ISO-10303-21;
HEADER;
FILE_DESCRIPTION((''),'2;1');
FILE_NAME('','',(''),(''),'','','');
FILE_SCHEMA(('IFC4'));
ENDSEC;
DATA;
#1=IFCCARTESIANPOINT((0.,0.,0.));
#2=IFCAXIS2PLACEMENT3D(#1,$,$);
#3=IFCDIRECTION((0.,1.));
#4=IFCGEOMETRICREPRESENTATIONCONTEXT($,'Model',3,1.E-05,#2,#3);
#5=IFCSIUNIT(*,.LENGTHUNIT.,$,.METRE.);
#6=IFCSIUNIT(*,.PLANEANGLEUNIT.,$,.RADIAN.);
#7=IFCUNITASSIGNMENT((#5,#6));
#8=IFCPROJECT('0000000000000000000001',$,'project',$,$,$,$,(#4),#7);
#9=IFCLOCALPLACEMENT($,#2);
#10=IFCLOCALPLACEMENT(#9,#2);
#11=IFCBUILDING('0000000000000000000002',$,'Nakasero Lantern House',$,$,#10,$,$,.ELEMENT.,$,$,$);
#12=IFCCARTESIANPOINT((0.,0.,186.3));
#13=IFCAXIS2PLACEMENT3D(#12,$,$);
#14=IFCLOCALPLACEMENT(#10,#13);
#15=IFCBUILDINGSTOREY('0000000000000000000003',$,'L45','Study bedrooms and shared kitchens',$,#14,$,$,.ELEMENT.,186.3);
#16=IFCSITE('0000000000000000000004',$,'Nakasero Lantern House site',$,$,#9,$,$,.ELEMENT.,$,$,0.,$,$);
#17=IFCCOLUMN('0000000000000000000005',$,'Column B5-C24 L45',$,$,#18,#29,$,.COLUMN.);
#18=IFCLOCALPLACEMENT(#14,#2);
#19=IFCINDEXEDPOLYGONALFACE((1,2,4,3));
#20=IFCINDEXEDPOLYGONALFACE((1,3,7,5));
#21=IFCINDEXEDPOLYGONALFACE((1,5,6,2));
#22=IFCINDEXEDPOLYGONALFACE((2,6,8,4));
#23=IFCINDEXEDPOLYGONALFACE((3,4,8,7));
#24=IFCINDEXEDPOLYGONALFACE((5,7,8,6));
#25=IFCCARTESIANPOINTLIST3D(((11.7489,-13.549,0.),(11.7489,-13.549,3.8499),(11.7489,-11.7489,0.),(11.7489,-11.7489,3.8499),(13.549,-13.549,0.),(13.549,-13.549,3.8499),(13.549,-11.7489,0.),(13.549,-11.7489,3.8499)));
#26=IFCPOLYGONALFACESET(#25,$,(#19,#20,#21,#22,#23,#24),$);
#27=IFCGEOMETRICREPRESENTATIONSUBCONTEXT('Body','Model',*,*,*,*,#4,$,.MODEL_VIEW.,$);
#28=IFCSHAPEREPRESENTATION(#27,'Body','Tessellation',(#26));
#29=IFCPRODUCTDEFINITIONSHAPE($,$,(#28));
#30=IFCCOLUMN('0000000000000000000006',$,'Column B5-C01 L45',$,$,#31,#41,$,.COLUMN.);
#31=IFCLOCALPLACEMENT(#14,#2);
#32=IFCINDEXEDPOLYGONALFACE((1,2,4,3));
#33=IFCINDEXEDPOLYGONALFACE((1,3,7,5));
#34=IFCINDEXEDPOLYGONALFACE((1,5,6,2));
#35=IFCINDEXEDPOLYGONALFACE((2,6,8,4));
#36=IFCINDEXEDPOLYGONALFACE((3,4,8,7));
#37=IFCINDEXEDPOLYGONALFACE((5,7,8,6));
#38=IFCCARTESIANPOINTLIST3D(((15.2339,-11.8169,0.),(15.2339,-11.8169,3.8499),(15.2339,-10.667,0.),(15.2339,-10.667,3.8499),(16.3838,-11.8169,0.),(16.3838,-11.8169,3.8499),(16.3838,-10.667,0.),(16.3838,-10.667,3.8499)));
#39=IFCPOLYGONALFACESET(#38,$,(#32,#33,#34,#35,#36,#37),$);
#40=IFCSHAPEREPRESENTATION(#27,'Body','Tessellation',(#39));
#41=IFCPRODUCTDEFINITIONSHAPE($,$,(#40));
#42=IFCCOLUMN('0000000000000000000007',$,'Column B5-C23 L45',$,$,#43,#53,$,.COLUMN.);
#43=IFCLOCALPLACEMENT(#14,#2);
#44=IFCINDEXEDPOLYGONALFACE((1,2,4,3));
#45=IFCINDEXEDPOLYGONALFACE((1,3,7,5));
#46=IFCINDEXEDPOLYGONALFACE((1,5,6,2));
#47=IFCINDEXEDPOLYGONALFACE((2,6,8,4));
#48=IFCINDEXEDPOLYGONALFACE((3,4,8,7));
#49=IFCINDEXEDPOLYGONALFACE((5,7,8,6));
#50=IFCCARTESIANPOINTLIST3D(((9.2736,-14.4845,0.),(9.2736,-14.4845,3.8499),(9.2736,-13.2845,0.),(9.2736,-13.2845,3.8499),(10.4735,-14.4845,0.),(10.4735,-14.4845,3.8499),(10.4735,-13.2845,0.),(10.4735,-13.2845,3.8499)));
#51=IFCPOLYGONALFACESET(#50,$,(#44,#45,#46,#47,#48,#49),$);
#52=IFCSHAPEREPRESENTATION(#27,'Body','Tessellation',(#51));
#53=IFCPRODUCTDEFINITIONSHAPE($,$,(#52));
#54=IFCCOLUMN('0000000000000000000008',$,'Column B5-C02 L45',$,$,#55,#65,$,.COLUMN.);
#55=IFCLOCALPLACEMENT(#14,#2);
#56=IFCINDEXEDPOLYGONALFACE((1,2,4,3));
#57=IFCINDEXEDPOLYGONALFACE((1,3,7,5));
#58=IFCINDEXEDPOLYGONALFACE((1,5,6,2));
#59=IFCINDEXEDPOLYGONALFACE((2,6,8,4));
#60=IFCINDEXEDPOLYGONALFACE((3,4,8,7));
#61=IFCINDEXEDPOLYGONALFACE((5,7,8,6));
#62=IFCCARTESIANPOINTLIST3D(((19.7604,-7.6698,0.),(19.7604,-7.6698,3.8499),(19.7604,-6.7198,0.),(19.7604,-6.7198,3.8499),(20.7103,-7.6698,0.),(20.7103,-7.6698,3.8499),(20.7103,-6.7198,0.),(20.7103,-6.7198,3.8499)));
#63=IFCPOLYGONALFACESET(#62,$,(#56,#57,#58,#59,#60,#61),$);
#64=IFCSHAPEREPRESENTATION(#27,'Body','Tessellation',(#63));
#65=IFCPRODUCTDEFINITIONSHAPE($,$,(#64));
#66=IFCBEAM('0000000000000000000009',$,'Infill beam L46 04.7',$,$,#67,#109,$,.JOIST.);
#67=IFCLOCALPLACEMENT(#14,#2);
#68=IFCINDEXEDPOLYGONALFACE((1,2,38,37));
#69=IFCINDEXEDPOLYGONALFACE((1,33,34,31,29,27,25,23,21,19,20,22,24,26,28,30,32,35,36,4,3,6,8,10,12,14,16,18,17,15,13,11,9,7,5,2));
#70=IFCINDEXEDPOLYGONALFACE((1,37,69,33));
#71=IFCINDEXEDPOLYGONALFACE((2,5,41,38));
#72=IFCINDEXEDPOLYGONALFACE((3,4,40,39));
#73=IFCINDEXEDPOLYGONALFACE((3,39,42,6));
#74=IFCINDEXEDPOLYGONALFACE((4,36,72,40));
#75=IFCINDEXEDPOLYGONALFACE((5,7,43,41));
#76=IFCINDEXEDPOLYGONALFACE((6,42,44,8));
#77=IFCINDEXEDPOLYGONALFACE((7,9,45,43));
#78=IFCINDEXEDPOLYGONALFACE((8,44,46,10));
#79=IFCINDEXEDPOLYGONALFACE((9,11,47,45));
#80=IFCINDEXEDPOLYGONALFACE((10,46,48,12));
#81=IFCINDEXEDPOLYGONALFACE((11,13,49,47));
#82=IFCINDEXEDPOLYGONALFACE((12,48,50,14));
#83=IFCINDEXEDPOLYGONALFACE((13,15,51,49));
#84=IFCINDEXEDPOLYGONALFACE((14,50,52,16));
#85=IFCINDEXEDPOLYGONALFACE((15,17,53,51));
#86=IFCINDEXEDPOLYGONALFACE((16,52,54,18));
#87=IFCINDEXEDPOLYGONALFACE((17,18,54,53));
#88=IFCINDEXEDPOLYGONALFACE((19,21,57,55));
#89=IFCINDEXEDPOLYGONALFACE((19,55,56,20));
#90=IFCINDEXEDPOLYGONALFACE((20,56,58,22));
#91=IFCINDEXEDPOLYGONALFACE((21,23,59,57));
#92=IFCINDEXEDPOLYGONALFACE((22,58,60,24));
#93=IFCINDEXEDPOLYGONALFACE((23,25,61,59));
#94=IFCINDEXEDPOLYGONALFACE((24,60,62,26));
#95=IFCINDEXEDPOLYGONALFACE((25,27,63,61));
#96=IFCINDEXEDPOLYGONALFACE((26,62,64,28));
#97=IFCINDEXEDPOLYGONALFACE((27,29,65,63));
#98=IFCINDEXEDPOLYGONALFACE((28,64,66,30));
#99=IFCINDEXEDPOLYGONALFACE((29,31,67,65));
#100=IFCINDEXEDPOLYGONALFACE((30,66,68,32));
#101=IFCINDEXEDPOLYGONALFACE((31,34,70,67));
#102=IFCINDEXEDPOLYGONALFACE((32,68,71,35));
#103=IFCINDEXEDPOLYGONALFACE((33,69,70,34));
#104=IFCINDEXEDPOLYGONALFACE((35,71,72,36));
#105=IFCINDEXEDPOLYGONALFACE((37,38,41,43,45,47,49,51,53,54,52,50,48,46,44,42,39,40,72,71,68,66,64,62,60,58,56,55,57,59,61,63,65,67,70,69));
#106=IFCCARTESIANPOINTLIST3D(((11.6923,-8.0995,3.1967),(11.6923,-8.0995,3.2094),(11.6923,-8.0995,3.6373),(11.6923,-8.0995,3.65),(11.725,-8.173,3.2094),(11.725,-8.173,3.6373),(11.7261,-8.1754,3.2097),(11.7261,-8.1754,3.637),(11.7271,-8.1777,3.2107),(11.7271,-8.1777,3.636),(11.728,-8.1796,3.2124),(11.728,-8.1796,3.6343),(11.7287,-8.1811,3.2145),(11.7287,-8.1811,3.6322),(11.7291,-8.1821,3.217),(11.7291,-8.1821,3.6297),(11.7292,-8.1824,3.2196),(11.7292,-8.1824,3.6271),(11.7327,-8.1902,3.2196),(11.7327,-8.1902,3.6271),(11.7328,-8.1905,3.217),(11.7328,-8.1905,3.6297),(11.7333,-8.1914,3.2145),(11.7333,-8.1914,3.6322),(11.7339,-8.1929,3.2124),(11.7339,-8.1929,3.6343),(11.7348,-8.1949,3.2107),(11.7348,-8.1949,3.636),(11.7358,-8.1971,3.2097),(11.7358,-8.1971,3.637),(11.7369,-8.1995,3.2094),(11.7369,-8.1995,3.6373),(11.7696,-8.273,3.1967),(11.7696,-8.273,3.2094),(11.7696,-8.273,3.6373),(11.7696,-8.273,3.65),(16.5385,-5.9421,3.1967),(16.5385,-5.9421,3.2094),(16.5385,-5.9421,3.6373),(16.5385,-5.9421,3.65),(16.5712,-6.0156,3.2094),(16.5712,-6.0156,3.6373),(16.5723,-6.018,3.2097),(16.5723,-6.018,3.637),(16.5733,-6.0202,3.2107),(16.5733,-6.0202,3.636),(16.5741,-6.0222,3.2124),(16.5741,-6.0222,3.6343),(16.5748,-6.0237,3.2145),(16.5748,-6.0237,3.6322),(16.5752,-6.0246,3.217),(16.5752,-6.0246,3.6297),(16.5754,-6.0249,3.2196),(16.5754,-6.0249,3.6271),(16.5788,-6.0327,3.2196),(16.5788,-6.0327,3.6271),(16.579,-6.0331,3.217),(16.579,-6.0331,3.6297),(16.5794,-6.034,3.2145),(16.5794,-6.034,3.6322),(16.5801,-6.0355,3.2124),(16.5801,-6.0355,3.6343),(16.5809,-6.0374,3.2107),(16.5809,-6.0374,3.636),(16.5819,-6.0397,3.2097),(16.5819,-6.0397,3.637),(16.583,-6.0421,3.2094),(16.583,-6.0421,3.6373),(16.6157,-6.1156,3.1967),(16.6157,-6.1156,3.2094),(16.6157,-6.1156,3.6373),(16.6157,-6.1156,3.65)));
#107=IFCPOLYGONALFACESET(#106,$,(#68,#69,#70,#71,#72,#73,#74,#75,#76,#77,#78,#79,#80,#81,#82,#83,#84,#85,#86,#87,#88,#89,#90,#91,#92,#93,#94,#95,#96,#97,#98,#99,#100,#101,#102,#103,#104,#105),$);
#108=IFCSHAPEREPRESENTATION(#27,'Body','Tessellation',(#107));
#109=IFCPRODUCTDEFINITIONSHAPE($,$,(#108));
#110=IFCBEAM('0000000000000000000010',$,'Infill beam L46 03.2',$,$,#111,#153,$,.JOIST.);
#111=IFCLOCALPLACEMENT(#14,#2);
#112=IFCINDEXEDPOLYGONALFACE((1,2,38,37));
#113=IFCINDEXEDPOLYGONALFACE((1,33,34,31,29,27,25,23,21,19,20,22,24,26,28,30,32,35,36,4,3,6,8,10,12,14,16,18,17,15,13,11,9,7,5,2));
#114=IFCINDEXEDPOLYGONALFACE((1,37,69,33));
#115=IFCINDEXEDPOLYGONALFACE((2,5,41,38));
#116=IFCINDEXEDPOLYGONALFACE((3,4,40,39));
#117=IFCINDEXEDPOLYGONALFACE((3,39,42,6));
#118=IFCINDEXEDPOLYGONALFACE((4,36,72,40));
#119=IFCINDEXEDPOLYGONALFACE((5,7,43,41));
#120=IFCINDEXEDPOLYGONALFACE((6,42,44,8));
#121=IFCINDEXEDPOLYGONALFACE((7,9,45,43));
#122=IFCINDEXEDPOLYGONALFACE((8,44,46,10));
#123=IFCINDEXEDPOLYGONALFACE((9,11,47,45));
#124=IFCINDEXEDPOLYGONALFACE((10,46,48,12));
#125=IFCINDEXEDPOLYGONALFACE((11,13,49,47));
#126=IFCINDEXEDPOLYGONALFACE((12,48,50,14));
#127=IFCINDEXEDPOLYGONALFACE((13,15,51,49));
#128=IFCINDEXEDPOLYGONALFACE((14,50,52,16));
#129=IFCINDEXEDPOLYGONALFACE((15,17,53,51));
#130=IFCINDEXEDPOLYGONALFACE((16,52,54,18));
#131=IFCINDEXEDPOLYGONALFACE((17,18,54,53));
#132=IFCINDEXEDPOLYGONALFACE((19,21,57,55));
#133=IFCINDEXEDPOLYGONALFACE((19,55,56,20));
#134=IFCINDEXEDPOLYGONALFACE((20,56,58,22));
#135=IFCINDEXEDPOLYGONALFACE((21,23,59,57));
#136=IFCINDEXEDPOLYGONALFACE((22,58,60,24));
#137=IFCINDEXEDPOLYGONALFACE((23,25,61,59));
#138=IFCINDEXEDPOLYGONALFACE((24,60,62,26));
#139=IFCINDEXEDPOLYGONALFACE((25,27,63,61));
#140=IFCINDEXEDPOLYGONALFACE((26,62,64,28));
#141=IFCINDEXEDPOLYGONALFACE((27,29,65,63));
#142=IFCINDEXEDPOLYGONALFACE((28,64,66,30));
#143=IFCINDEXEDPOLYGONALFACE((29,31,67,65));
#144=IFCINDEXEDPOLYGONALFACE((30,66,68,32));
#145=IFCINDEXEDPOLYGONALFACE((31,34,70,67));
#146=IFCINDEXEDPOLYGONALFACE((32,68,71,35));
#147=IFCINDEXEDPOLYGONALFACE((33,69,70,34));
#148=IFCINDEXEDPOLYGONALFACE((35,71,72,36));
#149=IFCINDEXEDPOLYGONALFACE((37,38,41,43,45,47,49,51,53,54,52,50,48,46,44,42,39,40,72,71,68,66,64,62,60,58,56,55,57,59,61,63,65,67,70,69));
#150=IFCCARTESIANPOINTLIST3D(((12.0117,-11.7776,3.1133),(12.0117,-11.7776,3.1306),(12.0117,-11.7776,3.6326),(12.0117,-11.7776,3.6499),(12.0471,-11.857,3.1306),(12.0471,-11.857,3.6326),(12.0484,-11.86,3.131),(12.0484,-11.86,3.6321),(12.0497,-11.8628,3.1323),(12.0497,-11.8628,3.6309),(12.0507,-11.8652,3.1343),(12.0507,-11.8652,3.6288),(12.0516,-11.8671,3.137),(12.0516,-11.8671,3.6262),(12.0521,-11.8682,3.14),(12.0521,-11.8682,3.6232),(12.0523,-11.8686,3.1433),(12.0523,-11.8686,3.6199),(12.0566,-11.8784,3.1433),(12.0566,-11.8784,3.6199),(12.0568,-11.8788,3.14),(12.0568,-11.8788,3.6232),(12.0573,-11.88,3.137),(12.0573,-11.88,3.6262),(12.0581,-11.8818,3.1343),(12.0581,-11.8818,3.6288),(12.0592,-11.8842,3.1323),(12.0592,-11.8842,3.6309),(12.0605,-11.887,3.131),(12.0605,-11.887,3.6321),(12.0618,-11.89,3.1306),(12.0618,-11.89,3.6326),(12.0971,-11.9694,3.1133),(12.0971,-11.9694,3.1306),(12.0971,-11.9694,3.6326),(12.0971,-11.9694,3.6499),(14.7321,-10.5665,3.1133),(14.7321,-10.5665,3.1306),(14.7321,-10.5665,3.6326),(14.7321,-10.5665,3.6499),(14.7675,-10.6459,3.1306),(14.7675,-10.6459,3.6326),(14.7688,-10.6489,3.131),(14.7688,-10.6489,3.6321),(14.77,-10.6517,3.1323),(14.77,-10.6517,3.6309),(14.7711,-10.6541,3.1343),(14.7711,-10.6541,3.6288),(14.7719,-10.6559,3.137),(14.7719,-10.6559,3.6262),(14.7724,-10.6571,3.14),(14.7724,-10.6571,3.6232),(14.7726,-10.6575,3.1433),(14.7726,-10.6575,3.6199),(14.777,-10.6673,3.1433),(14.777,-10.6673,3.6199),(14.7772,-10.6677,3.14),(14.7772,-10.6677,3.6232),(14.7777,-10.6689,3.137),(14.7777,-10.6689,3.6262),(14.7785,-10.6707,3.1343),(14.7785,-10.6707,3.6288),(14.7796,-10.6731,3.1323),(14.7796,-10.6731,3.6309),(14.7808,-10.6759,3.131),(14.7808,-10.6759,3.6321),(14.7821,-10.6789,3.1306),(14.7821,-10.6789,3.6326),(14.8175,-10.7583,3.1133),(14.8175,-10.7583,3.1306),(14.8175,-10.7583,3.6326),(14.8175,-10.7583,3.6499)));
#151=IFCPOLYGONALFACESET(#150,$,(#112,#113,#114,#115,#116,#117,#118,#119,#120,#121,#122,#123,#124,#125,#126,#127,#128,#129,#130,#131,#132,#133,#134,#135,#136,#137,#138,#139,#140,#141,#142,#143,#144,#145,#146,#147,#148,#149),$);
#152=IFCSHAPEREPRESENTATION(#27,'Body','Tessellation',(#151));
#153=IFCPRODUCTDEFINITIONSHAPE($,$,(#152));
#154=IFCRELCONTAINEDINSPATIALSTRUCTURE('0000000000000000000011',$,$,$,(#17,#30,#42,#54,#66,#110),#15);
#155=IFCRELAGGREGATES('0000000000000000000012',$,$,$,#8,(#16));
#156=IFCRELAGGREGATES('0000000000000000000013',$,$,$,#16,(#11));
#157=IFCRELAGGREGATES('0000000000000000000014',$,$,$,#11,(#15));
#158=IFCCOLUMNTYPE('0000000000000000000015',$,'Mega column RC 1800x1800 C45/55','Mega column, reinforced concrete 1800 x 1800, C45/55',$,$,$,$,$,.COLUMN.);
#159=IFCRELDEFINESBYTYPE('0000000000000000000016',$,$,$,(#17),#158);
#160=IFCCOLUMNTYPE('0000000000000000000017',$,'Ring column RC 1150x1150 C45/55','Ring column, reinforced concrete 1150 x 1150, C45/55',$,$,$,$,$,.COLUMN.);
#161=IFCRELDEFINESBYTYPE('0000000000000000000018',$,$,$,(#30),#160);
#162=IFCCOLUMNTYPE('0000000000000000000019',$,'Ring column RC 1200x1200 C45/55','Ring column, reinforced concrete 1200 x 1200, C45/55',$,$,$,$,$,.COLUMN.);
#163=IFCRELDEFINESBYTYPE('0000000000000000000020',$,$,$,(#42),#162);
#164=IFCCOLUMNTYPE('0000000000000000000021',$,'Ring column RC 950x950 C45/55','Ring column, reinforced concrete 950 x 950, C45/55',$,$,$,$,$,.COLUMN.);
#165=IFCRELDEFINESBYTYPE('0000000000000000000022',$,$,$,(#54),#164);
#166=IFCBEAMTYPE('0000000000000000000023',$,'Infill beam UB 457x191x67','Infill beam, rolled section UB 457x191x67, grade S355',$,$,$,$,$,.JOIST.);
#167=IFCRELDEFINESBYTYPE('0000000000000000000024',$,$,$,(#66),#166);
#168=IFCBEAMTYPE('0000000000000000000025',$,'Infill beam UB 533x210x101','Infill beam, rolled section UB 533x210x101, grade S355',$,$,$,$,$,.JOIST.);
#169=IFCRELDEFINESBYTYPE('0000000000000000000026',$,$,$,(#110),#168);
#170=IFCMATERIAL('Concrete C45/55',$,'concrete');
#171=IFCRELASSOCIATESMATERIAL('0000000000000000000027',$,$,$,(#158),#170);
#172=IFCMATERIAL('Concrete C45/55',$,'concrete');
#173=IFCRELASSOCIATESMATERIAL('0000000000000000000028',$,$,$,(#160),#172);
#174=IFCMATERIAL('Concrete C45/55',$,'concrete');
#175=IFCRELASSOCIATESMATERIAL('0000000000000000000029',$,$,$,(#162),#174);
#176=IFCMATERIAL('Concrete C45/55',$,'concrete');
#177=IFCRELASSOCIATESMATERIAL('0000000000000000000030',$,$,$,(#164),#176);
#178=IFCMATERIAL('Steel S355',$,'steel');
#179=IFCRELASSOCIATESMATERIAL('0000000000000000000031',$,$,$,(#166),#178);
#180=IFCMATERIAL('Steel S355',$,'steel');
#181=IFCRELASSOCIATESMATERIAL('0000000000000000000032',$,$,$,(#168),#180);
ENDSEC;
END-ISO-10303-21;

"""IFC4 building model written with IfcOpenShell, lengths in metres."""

from ifc_helpers import new_model, si_unit, direction, frame, origin, origin_2d, place, context, subcontext, project, spatial, rectangle, i_section, extrude, material, material_profile, profile_set, type_object, element, save


model = new_model("IFC4")

# Units and contexts
model_context = context("Model", 3, precision=1e-05, world=origin(), true_north=direction((0.0, 1.0)))
body_context = subcontext(model_context, "Body", "Model", "MODEL_VIEW")
ifc_project = project(units=[si_unit("LENGTHUNIT", "METRE"), si_unit("PLANEANGLEUNIT", "RADIAN")], contexts=[model_context])

# Site, building, storey
site_placement = place(None, origin())
site = spatial("IfcSite", under=ifc_project, at=site_placement, Name="Nakasero Lantern House site", CompositionType="ELEMENT", RefElevation=0.0)
building_placement = place(site_placement, origin())
building = spatial("IfcBuilding", under=site, at=building_placement, Name="Nakasero Lantern House", CompositionType="ELEMENT")
storey_placement = place(building_placement, frame((0.0, 0.0, 186.3)))
storey = spatial("IfcBuildingStorey", under=building, at=storey_placement, Name="L45", Description="Study bedrooms and shared kitchens", CompositionType="ELEMENT", Elevation=186.3)

# Columns
ifc_material_1 = material(Name="Concrete C45/55", Category="concrete")
ifc_material_profile_1 = material_profile(ifc_material_1, rectangle(XDim=1.8, YDim=1.8, at=origin_2d()), Name="RC 1800x1800")
ifc_profile_set_1 = profile_set([ifc_material_profile_1], Name="Concrete C45/55")
column_type_1 = type_object("IfcColumnType", Name="Mega column RC 1800x1800 C45/55", Description="Mega column, reinforced concrete 1800 x 1800, C45/55", PredefinedType="COLUMN", material=ifc_profile_set_1)
column_1_placement = place(storey_placement, frame((12.6489, -12.6489, 0.0), z_axis=(0.0, 0.0, 1.0), x_axis=(1.0, 0.0, 0.0)))
element("IfcColumn", 1, at=column_1_placement, inside=storey, type_object=column_type_1, Name="Column B5-C24 L45", PredefinedType="COLUMN", context=body_context, shape_type="SweptSolid", body=[
    extrude(rectangle(XDim=1.8, YDim=1.8, at=origin_2d()), origin(), (0.0, 0.0, 1.0), 3.8499),
])
ifc_material_2 = material(Name="Concrete C45/55", Category="concrete")
ifc_material_profile_2 = material_profile(ifc_material_2, rectangle(XDim=1.1499, YDim=1.1499, at=origin_2d()), Name="RC 1150x1150")
ifc_profile_set_2 = profile_set([ifc_material_profile_2], Name="Concrete C45/55")
column_type_2 = type_object("IfcColumnType", Name="Ring column RC 1150x1150 C45/55", Description="Ring column, reinforced concrete 1150 x 1150, C45/55", PredefinedType="COLUMN", material=ifc_profile_set_2)
column_2_placement = place(storey_placement, frame((15.8088, -11.2419, 0.0), z_axis=(0.0, 0.0, 1.0), x_axis=(1.0, 0.0, 0.0)))
element("IfcColumn", 2, at=column_2_placement, inside=storey, type_object=column_type_2, Name="Column B5-C01 L45", PredefinedType="COLUMN", context=body_context, shape_type="SweptSolid", body=[
    extrude(rectangle(XDim=1.1499, YDim=1.1499, at=origin_2d()), origin(), (0.0, 0.0, 1.0), 3.8499),
])
ifc_material_3 = material(Name="Concrete C45/55", Category="concrete")
ifc_material_profile_3 = material_profile(ifc_material_3, rectangle(XDim=1.2, YDim=1.2, at=origin_2d()), Name="RC 1200x1200")
ifc_profile_set_3 = profile_set([ifc_material_profile_3], Name="Concrete C45/55")
column_type_3 = type_object("IfcColumnType", Name="Ring column RC 1200x1200 C45/55", Description="Ring column, reinforced concrete 1200 x 1200, C45/55", PredefinedType="COLUMN", material=ifc_profile_set_3)
column_3_placement = place(storey_placement, frame((9.8735, -13.8845, 0.0), z_axis=(0.0, 0.0, 1.0), x_axis=(1.0, 0.0, 0.0)))
element("IfcColumn", 3, at=column_3_placement, inside=storey, type_object=column_type_3, Name="Column B5-C23 L45", PredefinedType="COLUMN", context=body_context, shape_type="SweptSolid", body=[
    extrude(rectangle(XDim=1.2, YDim=1.2, at=origin_2d()), origin(), (0.0, 0.0, 1.0), 3.8499),
])
ifc_material_4 = material(Name="Concrete C45/55", Category="concrete")
ifc_material_profile_4 = material_profile(ifc_material_4, rectangle(XDim=0.95, YDim=0.95, at=origin_2d()), Name="RC 950x950")
ifc_profile_set_4 = profile_set([ifc_material_profile_4], Name="Concrete C45/55")
column_type_4 = type_object("IfcColumnType", Name="Ring column RC 950x950 C45/55", Description="Ring column, reinforced concrete 950 x 950, C45/55", PredefinedType="COLUMN", material=ifc_profile_set_4)
column_4_placement = place(storey_placement, frame((20.2354, -7.1948, 0.0), z_axis=(0.0, 0.0, 1.0), x_axis=(1.0, 0.0, 0.0)))
element("IfcColumn", 4, at=column_4_placement, inside=storey, type_object=column_type_4, Name="Column B5-C02 L45", PredefinedType="COLUMN", context=body_context, shape_type="SweptSolid", body=[
    extrude(rectangle(XDim=0.95, YDim=0.95, at=origin_2d()), origin(), (0.0, 0.0, 1.0), 3.8499),
])

# Beams
ifc_material_5 = material(Name="Steel S355", Category="steel")
ifc_material_profile_5 = material_profile(ifc_material_5, i_section(OverallWidth=0.1899, OverallDepth=0.4534, WebThickness=0.0085, FlangeThickness=0.0127, FilletRadius=0.0103, at=origin_2d()), Name="UB 457x191x67")
ifc_profile_set_5 = profile_set([ifc_material_profile_5], Name="Steel S355")
beam_type_1 = type_object("IfcBeamType", Name="Infill beam UB 457x191x67", Description="Infill beam, rolled section UB 457x191x67, grade S355", PredefinedType="JOIST", material=ifc_profile_set_5)
beam_1_placement = place(storey_placement, frame((11.731, -8.1863, 3.4233), z_axis=(0.913559, 0.406706, 0.0), x_axis=(-0.406706, 0.913559, 0.0)))
element("IfcBeam", 5, at=beam_1_placement, inside=storey, type_object=beam_type_1, Name="Infill beam L46 04.7", PredefinedType="JOIST", context=body_context, shape_type="SweptSolid", body=[
    extrude(i_section(OverallWidth=0.1899, OverallDepth=0.4534, WebThickness=0.0085, FlangeThickness=0.0127, FilletRadius=0.0103, at=origin_2d()), origin(), (0.0, 0.0, 1.0), 5.3047),
])
ifc_material_6 = material(Name="Steel S355", Category="steel")
ifc_material_profile_6 = material_profile(ifc_material_6, i_section(OverallWidth=0.21, OverallDepth=0.5366, WebThickness=0.0107, FlangeThickness=0.0173, FilletRadius=0.0127, at=origin_2d()), Name="UB 533x210x101")
ifc_profile_set_6 = profile_set([ifc_material_profile_6], Name="Steel S355")
beam_type_2 = type_object("IfcBeamType", Name="Infill beam UB 533x210x101", Description="Infill beam, rolled section UB 533x210x101, grade S355", PredefinedType="JOIST", material=ifc_profile_set_6)
beam_2_placement = place(storey_placement, frame((12.0544, -11.8735, 3.3816), z_axis=(0.913551, 0.406724, 0.0), x_axis=(-0.406724, 0.913551, 0.0)))
element("IfcBeam", 6, at=beam_2_placement, inside=storey, type_object=beam_type_2, Name="Infill beam L46 03.2", PredefinedType="JOIST", context=body_context, shape_type="SweptSolid", body=[
    extrude(i_section(OverallWidth=0.21, OverallDepth=0.5366, WebThickness=0.0107, FlangeThickness=0.0173, FilletRadius=0.0127, at=origin_2d()), origin(), (0.0, 0.0, 1.0), 2.9778),
])

save(model, "model.ifc")
